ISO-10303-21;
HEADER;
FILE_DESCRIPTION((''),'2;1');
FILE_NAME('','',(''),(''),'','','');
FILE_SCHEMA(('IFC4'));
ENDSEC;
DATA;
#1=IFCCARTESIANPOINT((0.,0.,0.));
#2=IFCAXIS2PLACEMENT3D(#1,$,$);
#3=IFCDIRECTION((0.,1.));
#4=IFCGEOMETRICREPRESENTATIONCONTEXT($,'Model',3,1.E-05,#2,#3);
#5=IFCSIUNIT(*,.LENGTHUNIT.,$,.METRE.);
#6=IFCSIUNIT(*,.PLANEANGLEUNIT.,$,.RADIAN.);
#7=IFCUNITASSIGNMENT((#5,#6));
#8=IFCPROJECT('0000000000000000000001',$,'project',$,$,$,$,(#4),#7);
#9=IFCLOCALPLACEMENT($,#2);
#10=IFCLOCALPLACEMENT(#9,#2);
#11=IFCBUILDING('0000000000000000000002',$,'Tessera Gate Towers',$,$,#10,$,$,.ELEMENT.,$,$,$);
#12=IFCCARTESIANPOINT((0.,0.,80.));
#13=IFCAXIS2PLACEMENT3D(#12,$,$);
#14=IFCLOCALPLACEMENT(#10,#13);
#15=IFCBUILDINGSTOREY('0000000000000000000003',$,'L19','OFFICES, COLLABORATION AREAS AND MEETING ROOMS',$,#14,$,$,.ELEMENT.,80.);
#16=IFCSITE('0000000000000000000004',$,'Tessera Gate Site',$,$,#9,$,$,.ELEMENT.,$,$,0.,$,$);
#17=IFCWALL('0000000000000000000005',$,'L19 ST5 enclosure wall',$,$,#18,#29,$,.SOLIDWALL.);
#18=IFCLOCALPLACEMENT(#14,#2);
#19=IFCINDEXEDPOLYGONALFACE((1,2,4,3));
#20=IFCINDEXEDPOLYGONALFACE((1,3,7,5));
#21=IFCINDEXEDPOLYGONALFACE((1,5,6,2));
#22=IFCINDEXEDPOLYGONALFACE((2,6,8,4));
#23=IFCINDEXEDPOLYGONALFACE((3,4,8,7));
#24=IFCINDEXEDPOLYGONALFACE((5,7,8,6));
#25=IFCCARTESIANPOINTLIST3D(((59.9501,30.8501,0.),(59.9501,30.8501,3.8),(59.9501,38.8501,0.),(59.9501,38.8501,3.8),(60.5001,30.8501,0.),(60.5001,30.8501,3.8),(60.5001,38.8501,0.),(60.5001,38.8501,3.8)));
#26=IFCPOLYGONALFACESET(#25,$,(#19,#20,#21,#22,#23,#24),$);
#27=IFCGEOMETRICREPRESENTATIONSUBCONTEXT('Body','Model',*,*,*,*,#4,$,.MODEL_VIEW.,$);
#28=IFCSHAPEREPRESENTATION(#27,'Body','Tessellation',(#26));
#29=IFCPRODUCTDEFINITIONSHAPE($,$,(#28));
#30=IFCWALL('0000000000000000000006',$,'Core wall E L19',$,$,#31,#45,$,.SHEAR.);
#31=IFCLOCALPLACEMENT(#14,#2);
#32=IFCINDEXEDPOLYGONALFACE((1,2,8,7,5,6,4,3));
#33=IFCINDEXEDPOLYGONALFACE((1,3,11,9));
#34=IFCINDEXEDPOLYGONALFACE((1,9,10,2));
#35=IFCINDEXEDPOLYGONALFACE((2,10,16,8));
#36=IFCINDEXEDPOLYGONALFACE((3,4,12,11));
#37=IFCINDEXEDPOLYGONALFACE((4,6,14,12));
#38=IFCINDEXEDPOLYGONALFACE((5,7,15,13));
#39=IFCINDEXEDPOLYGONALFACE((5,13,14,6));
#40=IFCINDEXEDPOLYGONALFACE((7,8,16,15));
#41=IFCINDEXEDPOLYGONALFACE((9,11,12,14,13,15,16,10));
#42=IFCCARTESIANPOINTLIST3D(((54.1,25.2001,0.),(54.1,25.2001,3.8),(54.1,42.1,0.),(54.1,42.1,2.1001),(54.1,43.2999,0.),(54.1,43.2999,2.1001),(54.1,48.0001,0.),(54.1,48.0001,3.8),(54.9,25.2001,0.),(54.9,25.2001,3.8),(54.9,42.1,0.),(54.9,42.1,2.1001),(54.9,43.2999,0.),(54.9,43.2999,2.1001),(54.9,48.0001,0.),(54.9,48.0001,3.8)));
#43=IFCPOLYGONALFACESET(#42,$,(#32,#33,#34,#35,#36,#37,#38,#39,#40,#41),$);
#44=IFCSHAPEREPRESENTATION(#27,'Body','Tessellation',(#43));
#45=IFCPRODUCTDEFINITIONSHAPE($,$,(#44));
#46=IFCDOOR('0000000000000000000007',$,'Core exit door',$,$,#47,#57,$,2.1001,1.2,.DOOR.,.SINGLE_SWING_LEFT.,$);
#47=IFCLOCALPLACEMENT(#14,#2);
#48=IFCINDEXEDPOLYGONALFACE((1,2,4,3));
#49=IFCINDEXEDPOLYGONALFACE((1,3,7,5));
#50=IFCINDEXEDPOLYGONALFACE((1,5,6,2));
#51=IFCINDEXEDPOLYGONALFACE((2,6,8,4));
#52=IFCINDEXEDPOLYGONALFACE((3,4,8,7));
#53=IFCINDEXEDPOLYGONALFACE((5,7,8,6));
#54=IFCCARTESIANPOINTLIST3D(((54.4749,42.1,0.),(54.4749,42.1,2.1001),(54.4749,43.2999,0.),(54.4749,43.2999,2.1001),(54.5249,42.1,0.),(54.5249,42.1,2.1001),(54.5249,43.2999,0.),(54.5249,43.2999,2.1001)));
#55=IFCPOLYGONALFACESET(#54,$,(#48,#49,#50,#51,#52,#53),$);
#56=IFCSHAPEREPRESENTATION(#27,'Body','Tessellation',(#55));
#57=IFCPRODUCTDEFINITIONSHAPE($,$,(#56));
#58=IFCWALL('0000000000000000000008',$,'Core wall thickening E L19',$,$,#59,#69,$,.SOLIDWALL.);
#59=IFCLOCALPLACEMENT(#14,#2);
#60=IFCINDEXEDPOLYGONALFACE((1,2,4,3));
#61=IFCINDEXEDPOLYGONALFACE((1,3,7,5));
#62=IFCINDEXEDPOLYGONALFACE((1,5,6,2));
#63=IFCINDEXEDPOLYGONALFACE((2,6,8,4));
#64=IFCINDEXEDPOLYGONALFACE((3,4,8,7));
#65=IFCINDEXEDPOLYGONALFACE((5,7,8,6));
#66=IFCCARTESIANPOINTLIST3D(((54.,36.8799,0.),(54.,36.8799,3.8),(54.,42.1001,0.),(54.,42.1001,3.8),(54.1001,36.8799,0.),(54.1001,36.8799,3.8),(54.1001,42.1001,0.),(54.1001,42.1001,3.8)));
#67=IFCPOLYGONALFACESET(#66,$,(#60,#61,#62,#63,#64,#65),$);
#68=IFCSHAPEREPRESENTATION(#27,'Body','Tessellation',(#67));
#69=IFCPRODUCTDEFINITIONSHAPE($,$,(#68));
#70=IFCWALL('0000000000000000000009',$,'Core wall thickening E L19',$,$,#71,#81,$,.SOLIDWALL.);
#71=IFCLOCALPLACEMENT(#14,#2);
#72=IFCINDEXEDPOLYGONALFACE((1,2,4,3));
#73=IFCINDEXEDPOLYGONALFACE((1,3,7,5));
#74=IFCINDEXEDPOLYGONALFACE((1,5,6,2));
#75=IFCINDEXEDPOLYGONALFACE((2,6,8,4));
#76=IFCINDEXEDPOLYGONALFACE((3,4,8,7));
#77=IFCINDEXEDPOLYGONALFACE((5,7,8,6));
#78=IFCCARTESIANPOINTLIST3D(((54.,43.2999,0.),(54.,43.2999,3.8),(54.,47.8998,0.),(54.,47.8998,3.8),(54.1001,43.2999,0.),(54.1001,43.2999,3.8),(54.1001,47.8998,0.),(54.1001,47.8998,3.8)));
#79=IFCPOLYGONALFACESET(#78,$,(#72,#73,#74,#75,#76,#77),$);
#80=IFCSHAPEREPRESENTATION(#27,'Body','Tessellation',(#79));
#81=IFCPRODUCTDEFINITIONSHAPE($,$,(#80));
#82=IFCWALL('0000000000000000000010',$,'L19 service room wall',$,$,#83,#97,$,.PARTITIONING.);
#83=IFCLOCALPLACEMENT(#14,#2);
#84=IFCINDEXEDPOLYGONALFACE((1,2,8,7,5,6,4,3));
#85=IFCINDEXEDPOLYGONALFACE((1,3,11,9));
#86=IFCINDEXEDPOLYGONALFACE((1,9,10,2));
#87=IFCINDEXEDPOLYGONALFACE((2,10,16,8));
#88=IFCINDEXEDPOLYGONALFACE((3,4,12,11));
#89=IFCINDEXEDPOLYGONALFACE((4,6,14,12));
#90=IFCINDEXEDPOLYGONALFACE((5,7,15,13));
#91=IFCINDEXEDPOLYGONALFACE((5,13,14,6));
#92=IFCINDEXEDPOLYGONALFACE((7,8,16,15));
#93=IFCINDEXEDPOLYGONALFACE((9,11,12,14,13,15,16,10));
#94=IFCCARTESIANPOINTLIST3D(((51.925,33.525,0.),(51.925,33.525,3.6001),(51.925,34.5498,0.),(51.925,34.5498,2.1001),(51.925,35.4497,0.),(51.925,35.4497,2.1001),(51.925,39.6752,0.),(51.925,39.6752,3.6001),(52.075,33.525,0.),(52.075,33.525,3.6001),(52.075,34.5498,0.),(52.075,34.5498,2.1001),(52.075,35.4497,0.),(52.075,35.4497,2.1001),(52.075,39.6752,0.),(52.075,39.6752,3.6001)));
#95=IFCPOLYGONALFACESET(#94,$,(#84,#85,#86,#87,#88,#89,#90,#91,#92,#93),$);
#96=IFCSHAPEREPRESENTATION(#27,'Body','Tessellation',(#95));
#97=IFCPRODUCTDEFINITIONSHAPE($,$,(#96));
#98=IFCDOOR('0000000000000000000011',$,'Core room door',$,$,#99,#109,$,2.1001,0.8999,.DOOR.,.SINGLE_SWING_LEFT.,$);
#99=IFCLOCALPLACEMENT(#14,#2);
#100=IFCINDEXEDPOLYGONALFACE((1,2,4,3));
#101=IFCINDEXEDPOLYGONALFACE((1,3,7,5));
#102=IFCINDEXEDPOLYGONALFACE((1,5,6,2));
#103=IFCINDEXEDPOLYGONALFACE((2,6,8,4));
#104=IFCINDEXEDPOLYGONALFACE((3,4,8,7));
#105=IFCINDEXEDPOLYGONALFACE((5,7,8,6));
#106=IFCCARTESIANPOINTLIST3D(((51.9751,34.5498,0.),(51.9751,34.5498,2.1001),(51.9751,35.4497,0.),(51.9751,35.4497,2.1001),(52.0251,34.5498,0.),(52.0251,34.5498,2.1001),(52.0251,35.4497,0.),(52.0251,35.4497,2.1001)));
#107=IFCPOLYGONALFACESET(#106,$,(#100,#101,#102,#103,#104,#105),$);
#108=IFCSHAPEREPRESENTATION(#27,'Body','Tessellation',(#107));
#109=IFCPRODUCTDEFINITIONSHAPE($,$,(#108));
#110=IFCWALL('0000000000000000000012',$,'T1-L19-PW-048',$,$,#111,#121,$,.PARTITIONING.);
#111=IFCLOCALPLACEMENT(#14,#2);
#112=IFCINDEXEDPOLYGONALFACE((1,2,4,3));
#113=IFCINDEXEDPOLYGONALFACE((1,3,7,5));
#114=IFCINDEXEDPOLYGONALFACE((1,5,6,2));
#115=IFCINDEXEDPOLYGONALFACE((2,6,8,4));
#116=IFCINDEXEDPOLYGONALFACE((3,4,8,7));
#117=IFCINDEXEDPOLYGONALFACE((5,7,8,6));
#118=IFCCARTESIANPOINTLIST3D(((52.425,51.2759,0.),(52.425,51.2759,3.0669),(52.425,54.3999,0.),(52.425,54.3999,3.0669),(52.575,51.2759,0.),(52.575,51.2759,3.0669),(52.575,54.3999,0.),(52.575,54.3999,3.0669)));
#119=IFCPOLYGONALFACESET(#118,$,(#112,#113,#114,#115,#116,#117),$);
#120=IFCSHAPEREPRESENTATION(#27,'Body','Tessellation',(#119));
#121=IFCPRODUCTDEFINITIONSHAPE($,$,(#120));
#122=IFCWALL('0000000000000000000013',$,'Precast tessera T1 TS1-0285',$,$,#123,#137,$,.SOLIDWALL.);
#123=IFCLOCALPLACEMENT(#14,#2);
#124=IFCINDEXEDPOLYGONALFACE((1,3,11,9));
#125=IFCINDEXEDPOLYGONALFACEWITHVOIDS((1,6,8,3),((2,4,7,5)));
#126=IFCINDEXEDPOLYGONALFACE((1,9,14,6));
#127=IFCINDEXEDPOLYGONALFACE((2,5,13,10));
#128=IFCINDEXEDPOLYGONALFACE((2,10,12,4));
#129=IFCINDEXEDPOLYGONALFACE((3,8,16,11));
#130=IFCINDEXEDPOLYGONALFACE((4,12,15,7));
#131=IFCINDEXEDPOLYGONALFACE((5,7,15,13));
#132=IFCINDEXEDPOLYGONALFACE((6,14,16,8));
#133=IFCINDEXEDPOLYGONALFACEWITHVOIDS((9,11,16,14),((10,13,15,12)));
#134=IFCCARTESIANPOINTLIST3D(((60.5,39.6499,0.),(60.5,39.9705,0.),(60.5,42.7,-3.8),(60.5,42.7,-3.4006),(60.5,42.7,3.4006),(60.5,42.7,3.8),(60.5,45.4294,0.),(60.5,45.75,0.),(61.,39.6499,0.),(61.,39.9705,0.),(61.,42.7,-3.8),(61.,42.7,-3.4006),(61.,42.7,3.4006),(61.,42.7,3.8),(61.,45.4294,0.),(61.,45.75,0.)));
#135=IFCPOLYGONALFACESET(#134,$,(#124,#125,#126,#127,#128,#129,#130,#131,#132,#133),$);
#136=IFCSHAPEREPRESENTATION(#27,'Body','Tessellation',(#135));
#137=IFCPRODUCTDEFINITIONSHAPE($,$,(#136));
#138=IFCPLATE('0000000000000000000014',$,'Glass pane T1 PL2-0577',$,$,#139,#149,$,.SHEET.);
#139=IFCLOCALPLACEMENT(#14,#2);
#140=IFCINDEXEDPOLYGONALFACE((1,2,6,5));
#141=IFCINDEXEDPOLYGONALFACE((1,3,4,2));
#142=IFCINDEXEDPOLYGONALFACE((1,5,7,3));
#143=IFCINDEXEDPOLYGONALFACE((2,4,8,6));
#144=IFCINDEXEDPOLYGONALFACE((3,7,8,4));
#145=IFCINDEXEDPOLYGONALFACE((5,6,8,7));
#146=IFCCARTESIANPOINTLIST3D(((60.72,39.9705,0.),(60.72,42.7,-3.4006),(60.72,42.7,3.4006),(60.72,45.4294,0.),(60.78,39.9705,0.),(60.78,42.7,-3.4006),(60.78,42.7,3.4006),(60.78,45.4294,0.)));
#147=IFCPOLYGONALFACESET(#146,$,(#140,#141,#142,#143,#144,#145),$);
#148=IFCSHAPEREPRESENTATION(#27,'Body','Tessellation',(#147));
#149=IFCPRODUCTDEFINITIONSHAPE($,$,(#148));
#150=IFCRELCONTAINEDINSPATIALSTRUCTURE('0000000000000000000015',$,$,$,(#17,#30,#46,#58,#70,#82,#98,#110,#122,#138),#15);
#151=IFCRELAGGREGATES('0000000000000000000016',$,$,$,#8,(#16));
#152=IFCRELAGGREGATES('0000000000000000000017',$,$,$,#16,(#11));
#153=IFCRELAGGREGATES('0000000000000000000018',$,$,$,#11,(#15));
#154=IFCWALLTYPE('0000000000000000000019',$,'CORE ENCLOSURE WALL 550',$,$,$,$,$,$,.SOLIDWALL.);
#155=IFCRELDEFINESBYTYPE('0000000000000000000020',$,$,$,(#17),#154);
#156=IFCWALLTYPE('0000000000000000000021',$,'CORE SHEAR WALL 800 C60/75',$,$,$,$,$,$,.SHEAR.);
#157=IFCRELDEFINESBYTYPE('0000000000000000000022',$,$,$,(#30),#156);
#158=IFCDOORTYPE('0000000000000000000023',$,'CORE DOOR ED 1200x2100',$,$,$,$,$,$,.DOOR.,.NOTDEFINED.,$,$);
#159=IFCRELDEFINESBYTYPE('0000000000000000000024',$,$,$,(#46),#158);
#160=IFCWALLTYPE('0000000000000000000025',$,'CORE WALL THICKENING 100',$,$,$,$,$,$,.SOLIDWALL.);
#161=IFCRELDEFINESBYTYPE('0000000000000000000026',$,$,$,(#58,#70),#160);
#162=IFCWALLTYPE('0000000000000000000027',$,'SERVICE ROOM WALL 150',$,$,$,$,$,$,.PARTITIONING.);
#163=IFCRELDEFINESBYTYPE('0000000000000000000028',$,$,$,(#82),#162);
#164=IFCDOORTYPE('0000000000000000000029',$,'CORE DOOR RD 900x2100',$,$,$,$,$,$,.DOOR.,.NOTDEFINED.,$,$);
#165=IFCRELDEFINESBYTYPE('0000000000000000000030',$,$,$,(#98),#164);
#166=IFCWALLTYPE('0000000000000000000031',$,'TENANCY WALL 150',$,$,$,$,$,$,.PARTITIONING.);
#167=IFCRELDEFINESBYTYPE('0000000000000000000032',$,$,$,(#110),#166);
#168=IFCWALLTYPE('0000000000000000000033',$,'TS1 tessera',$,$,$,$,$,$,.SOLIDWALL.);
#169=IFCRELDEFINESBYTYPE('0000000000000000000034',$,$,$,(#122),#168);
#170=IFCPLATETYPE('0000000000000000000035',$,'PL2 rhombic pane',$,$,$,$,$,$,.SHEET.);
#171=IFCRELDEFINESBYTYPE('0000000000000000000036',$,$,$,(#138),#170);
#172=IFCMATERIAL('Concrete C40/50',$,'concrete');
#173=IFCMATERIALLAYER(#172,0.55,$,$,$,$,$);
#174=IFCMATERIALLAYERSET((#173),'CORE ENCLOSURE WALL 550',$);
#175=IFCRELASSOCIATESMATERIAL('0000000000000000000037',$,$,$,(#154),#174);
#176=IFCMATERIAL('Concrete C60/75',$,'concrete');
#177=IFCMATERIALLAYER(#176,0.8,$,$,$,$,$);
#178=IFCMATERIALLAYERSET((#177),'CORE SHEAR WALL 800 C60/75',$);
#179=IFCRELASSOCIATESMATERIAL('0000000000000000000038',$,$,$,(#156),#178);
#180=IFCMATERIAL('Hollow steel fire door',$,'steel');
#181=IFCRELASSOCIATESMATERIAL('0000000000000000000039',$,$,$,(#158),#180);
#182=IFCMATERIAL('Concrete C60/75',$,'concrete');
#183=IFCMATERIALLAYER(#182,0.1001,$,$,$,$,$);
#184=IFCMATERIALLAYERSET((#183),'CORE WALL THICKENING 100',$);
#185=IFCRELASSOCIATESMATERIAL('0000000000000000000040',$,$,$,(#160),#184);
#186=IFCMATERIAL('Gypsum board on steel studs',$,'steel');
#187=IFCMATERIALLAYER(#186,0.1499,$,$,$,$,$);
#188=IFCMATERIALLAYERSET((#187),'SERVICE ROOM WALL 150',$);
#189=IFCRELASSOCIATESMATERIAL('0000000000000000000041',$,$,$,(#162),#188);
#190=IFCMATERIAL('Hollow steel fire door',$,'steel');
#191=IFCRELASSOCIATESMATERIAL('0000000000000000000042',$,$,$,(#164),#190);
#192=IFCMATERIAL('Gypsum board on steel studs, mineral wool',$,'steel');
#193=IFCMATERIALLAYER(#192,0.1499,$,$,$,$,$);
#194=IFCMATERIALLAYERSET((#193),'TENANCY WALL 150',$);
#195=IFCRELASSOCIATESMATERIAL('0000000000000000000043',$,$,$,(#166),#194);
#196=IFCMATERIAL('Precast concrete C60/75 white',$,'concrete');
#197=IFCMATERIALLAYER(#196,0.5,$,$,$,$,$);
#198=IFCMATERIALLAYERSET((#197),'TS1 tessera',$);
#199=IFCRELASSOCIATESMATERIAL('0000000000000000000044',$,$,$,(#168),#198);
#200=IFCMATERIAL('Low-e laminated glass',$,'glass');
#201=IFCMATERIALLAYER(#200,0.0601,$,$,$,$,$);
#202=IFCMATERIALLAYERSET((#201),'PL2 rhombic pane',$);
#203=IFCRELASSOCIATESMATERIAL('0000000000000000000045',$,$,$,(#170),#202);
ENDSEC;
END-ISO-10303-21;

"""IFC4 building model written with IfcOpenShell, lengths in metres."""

from ifc_helpers import new_model, si_unit, direction, frame, frame_2d, origin, place, context, subcontext, project, spatial, polyline, rectangle, outline, extrude, source, transform, mapped, material, layer, layer_set, type_object, element, fill, save


model = new_model("IFC4")

# Units and contexts
model_context = context("Model", 3, precision=1e-05, world=origin(), true_north=direction((0.0, 1.0)))
body_context = subcontext(model_context, "Body", "Model", "MODEL_VIEW")
ifc_project = project(units=[si_unit("LENGTHUNIT", "METRE"), si_unit("PLANEANGLEUNIT", "RADIAN")], contexts=[model_context])

# Site, building, storey
site_placement = place(None, origin())
site = spatial("IfcSite", under=ifc_project, at=site_placement, Name="Tessera Gate Site", CompositionType="ELEMENT", RefElevation=0.0)
building_placement = place(site_placement, origin())
building = spatial("IfcBuilding", under=site, at=building_placement, Name="Tessera Gate Towers", CompositionType="ELEMENT")
storey_placement = place(building_placement, frame((0.0, 0.0, 80.0)))
storey = spatial("IfcBuildingStorey", under=building, at=storey_placement, Name="L19", Description="OFFICES, COLLABORATION AREAS AND MEETING ROOMS", CompositionType="ELEMENT", Elevation=80.0)

# Shared definitions
shared_shape_1 = source(origin(), body_context, "Body", "SweptSolid", [
    extrude(rectangle(XDim=1.2, YDim=2.1001, at=frame_2d((0.6001, 1.05))), frame((0.0, 0.0249, 0.0), z_axis=(0.0, -1.0, 0.0), x_axis=(1.0, 0.0, 0.0)), (0.0, 0.0, 1.0), 0.05),
])

# Wall
ifc_material_1 = material(Name="Concrete C40/50", Category="concrete")
ifc_layer_1 = layer(ifc_material_1, 0.55)
ifc_layer_set_1 = layer_set([ifc_layer_1], Name="CORE ENCLOSURE WALL 550")
wall_type_1 = type_object("IfcWallType", Name="CORE ENCLOSURE WALL 550", PredefinedType="SOLIDWALL", material=ifc_layer_set_1)
wall_1_placement = place(storey_placement, frame((60.2251, 38.8501, 0.0), z_axis=(0.0, 0.0, 1.0), x_axis=(0.0, -1.0, 0.0)))
element("IfcWall", 1, at=wall_1_placement, inside=storey, type_object=wall_type_1, Name="L19 ST5 enclosure wall", PredefinedType="SOLIDWALL", context=body_context, shape_type="SweptSolid", body=[
    extrude(rectangle(XDim=8.0, YDim=0.55, at=frame_2d((4.0, 0.0))), origin(), (0.0, 0.0, 1.0), 3.8),
])

# Wall, opening, door
ifc_material_2 = material(Name="Concrete C60/75", Category="concrete")
ifc_layer_2 = layer(ifc_material_2, 0.8)
ifc_layer_set_2 = layer_set([ifc_layer_2], Name="CORE SHEAR WALL 800 C60/75")
wall_type_2 = type_object("IfcWallType", Name="CORE SHEAR WALL 800 C60/75", PredefinedType="SHEAR", material=ifc_layer_set_2)
wall_2_placement = place(storey_placement, frame((54.5, 48.0, 0.0), z_axis=(0.0, 0.0, 1.0), x_axis=(0.0, -1.0, 0.0)))
wall_2 = element("IfcWall", 2, at=wall_2_placement, inside=storey, type_object=wall_type_2, Name="Core wall E L19", PredefinedType="SHEAR", context=body_context, shape_type="SweptSolid", body=[
    extrude(rectangle(XDim=22.8, YDim=0.8, at=frame_2d((11.3999, 0.0))), origin(), (0.0, 0.0, 1.0), 3.8),
])
shared_shape_2 = source(origin(), body_context, "Body", "SweptSolid", [
    extrude(rectangle(XDim=1.2, YDim=2.1001, at=frame_2d((0.6001, 1.05))), frame((0.0, 0.4099, 0.0), z_axis=(0.0, -1.0, 0.0), x_axis=(1.0, 0.0, 0.0)), (0.0, 0.0, 1.0), 0.8201),
])
opening_1_placement = place(wall_2_placement, frame((4.7, 0.0, 0.0)))
opening_1 = element("IfcOpeningElement", 3, at=opening_1_placement, cuts=wall_2, PredefinedType="OPENING", context=body_context, shape_type="MappedRepresentation", body=[
    mapped(shared_shape_2, transform((0.0, 0.0, 0.0), scale=1.0)),
])
ifc_material_3 = material(Name="Hollow steel fire door", Category="steel")
door_type_1 = type_object("IfcDoorType", Name="CORE DOOR ED 1200x2100", OperationType="NOTDEFINED", PredefinedType="DOOR", material=ifc_material_3)
door_1_placement = place(opening_1_placement, origin())
door_1 = element("IfcDoor", 4, at=door_1_placement, inside=storey, type_object=door_type_1, Name="Core exit door", OperationType="SINGLE_SWING_LEFT", OverallHeight=2.1001, OverallWidth=1.2, PredefinedType="DOOR", context=body_context, shape_type="MappedRepresentation", body=[
    mapped(shared_shape_1, transform((0.0, 0.0, 0.0), scale=1.0)),
])
fill(opening_1, door_1)

# Walls
ifc_material_4 = material(Name="Concrete C60/75", Category="concrete")
ifc_layer_3 = layer(ifc_material_4, 0.1001)
ifc_layer_set_3 = layer_set([ifc_layer_3], Name="CORE WALL THICKENING 100")
wall_type_3 = type_object("IfcWallType", Name="CORE WALL THICKENING 100", PredefinedType="SOLIDWALL", material=ifc_layer_set_3)
wall_3_placement = place(storey_placement, frame((54.05, 36.8799, 0.0), z_axis=(0.0, 0.0, 1.0), x_axis=(0.0, 1.0, 0.0)))
element("IfcWall", 5, at=wall_3_placement, inside=storey, type_object=wall_type_3, Name="Core wall thickening E L19", PredefinedType="SOLIDWALL", context=body_context, shape_type="SweptSolid", body=[
    extrude(rectangle(XDim=5.2202, YDim=0.1001, at=frame_2d((2.6101, 0.0))), origin(), (0.0, 0.0, 1.0), 3.8),
])
wall_4_placement = place(storey_placement, frame((54.05, 43.3, 0.0), z_axis=(0.0, 0.0, 1.0), x_axis=(0.0, 1.0, 0.0)))
element("IfcWall", 6, at=wall_4_placement, inside=storey, type_object=wall_type_3, Name="Core wall thickening E L19", PredefinedType="SOLIDWALL", context=body_context, shape_type="SweptSolid", body=[
    extrude(rectangle(XDim=4.5999, YDim=0.1001, at=frame_2d((2.2998, 0.0))), origin(), (0.0, 0.0, 1.0), 3.8),
])

# Wall, opening, door
ifc_material_5 = material(Name="Gypsum board on steel studs", Category="steel")
ifc_layer_4 = layer(ifc_material_5, 0.1499)
ifc_layer_set_4 = layer_set([ifc_layer_4], Name="SERVICE ROOM WALL 150")
wall_type_4 = type_object("IfcWallType", Name="SERVICE ROOM WALL 150", PredefinedType="PARTITIONING", material=ifc_layer_set_4)
wall_5_placement = place(storey_placement, frame((52.0, 33.5249, 0.0), z_axis=(0.0, 0.0, 1.0), x_axis=(0.0, 1.0, 0.0)))
wall_5 = element("IfcWall", 7, at=wall_5_placement, inside=storey, type_object=wall_type_4, Name="L19 service room wall", PredefinedType="PARTITIONING", context=body_context, shape_type="SweptSolid", body=[
    extrude(rectangle(XDim=6.1501, YDim=0.1499, at=frame_2d((3.0752, 0.0))), origin(), (0.0, 0.0, 1.0), 3.6001),
])
shared_shape_3 = source(origin(), body_context, "Body", "SweptSolid", [
    extrude(rectangle(XDim=0.8999, YDim=2.1001, at=frame_2d((0.45, 1.05))), frame((0.0, 0.085, 0.0), z_axis=(0.0, -1.0, 0.0), x_axis=(1.0, 0.0, 0.0)), (0.0, 0.0, 1.0), 0.1699),
])
opening_2_placement = place(wall_5_placement, frame((1.0249, 0.0, 0.0)))
opening_2 = element("IfcOpeningElement", 8, at=opening_2_placement, cuts=wall_5, PredefinedType="OPENING", context=body_context, shape_type="MappedRepresentation", body=[
    mapped(shared_shape_3, transform((0.0, 0.0, 0.0), scale=1.0)),
])
ifc_material_6 = material(Name="Hollow steel fire door", Category="steel")
door_type_2 = type_object("IfcDoorType", Name="CORE DOOR RD 900x2100", OperationType="NOTDEFINED", PredefinedType="DOOR", material=ifc_material_6)
shared_shape_4 = source(origin(), body_context, "Body", "SweptSolid", [
    extrude(rectangle(XDim=0.8999, YDim=2.1001, at=frame_2d((0.45, 1.05))), frame((0.0, 0.0249, 0.0), z_axis=(0.0, -1.0, 0.0), x_axis=(1.0, 0.0, 0.0)), (0.0, 0.0, 1.0), 0.05),
])
door_2_placement = place(opening_2_placement, origin())
door_2 = element("IfcDoor", 9, at=door_2_placement, inside=storey, type_object=door_type_2, Name="Core room door", OperationType="SINGLE_SWING_LEFT", OverallHeight=2.1001, OverallWidth=0.8999, PredefinedType="DOOR", context=body_context, shape_type="MappedRepresentation", body=[
    mapped(shared_shape_4, transform((0.0, 0.0, 0.0), scale=1.0)),
])
fill(opening_2, door_2)

# Wall
ifc_material_7 = material(Name="Gypsum board on steel studs, mineral wool", Category="steel")
ifc_layer_5 = layer(ifc_material_7, 0.1499)
ifc_layer_set_5 = layer_set([ifc_layer_5], Name="TENANCY WALL 150")
wall_type_5 = type_object("IfcWallType", Name="TENANCY WALL 150", PredefinedType="PARTITIONING", material=ifc_layer_set_5)
wall_6_placement = place(storey_placement, frame((52.5, 51.2759, 0.0), z_axis=(0.0, 0.0, 1.0), x_axis=(0.0, 1.0, 0.0)))
element("IfcWall", 10, at=wall_6_placement, inside=storey, type_object=wall_type_5, Name="T1-L19-PW-048", PredefinedType="PARTITIONING", context=body_context, shape_type="SweptSolid", body=[
    extrude(rectangle(XDim=3.124, YDim=0.1499, at=frame_2d((1.562, 0.0))), origin(), (0.0, 0.0, 1.0), 3.0669),
])

# Wall, opening, plate
ifc_material_8 = material(Name="Precast concrete C60/75 white", Category="concrete")
ifc_layer_6 = layer(ifc_material_8, 0.5)
ifc_layer_set_6 = layer_set([ifc_layer_6], Name="TS1 tessera")
wall_type_6 = type_object("IfcWallType", Name="TS1 tessera", PredefinedType="SOLIDWALL", material=ifc_layer_set_6)
shared_shape_5 = source(origin(), body_context, "Body", "SweptSolid", [
    extrude(outline(polyline([(3.05, 0.0), (6.1001, 3.8), (3.05, 7.6001), (0.0, 3.8), (3.05, 0.0)])), frame((0.0, 0.25, 0.0), z_axis=(0.0, -1.0, 0.0), x_axis=(1.0, 0.0, 0.0)), (0.0, 0.0, 1.0), 0.5),
])
wall_7_placement = place(storey_placement, frame((60.75, 39.6499, -3.8), z_axis=(0.0, 0.0, 1.0), x_axis=(0.0, 1.0, 0.0)))
wall_7 = element("IfcWall", 11, at=wall_7_placement, inside=storey, type_object=wall_type_6, Name="Precast tessera T1 TS1-0285", PredefinedType="SOLIDWALL", context=body_context, shape_type="MappedRepresentation", body=[
    mapped(shared_shape_5, transform((0.0, 0.0, 0.0), scale=1.0)),
])
shared_shape_6 = source(origin(), body_context, "Body", "SweptSolid", [
    extrude(outline(polyline([(3.05, 0.3994), (5.7795, 3.8), (3.05, 7.2007), (0.3206, 3.8), (3.05, 0.3994)])), frame((0.0, 0.26, 0.0), z_axis=(0.0, -1.0, 0.0), x_axis=(1.0, 0.0, 0.0)), (0.0, 0.0, 1.0), 0.52),
])
opening_3_placement = place(wall_7_placement, origin())
opening_3 = element("IfcOpeningElement", 12, at=opening_3_placement, cuts=wall_7, PredefinedType="OPENING", context=body_context, shape_type="MappedRepresentation", body=[
    mapped(shared_shape_6, transform((0.0, 0.0, 0.0), scale=1.0)),
])
ifc_material_9 = material(Name="Low-e laminated glass", Category="glass")
ifc_layer_7 = layer(ifc_material_9, 0.0601)
ifc_layer_set_7 = layer_set([ifc_layer_7], Name="PL2 rhombic pane")
plate_type = type_object("IfcPlateType", Name="PL2 rhombic pane", PredefinedType="SHEET", material=ifc_layer_set_7)
shared_shape_7 = source(origin(), body_context, "Body", "SweptSolid", [
    extrude(outline(polyline([(3.05, 0.3994), (5.7795, 3.8), (3.05, 7.2007), (0.3206, 3.8), (3.05, 0.3994)])), frame((0.0, 0.03, 0.0), z_axis=(0.0, -1.0, 0.0), x_axis=(1.0, 0.0, 0.0)), (0.0, 0.0, 1.0), 0.0601),
])
plate_placement = place(opening_3_placement, origin())
plate = element("IfcPlate", 13, at=plate_placement, inside=storey, type_object=plate_type, Name="Glass pane T1 PL2-0577", PredefinedType="SHEET", context=body_context, shape_type="MappedRepresentation", body=[
    mapped(shared_shape_7, transform((0.0, 0.0, 0.0), scale=1.0)),
])
fill(opening_3, plate)

save(model, "model.ifc")
